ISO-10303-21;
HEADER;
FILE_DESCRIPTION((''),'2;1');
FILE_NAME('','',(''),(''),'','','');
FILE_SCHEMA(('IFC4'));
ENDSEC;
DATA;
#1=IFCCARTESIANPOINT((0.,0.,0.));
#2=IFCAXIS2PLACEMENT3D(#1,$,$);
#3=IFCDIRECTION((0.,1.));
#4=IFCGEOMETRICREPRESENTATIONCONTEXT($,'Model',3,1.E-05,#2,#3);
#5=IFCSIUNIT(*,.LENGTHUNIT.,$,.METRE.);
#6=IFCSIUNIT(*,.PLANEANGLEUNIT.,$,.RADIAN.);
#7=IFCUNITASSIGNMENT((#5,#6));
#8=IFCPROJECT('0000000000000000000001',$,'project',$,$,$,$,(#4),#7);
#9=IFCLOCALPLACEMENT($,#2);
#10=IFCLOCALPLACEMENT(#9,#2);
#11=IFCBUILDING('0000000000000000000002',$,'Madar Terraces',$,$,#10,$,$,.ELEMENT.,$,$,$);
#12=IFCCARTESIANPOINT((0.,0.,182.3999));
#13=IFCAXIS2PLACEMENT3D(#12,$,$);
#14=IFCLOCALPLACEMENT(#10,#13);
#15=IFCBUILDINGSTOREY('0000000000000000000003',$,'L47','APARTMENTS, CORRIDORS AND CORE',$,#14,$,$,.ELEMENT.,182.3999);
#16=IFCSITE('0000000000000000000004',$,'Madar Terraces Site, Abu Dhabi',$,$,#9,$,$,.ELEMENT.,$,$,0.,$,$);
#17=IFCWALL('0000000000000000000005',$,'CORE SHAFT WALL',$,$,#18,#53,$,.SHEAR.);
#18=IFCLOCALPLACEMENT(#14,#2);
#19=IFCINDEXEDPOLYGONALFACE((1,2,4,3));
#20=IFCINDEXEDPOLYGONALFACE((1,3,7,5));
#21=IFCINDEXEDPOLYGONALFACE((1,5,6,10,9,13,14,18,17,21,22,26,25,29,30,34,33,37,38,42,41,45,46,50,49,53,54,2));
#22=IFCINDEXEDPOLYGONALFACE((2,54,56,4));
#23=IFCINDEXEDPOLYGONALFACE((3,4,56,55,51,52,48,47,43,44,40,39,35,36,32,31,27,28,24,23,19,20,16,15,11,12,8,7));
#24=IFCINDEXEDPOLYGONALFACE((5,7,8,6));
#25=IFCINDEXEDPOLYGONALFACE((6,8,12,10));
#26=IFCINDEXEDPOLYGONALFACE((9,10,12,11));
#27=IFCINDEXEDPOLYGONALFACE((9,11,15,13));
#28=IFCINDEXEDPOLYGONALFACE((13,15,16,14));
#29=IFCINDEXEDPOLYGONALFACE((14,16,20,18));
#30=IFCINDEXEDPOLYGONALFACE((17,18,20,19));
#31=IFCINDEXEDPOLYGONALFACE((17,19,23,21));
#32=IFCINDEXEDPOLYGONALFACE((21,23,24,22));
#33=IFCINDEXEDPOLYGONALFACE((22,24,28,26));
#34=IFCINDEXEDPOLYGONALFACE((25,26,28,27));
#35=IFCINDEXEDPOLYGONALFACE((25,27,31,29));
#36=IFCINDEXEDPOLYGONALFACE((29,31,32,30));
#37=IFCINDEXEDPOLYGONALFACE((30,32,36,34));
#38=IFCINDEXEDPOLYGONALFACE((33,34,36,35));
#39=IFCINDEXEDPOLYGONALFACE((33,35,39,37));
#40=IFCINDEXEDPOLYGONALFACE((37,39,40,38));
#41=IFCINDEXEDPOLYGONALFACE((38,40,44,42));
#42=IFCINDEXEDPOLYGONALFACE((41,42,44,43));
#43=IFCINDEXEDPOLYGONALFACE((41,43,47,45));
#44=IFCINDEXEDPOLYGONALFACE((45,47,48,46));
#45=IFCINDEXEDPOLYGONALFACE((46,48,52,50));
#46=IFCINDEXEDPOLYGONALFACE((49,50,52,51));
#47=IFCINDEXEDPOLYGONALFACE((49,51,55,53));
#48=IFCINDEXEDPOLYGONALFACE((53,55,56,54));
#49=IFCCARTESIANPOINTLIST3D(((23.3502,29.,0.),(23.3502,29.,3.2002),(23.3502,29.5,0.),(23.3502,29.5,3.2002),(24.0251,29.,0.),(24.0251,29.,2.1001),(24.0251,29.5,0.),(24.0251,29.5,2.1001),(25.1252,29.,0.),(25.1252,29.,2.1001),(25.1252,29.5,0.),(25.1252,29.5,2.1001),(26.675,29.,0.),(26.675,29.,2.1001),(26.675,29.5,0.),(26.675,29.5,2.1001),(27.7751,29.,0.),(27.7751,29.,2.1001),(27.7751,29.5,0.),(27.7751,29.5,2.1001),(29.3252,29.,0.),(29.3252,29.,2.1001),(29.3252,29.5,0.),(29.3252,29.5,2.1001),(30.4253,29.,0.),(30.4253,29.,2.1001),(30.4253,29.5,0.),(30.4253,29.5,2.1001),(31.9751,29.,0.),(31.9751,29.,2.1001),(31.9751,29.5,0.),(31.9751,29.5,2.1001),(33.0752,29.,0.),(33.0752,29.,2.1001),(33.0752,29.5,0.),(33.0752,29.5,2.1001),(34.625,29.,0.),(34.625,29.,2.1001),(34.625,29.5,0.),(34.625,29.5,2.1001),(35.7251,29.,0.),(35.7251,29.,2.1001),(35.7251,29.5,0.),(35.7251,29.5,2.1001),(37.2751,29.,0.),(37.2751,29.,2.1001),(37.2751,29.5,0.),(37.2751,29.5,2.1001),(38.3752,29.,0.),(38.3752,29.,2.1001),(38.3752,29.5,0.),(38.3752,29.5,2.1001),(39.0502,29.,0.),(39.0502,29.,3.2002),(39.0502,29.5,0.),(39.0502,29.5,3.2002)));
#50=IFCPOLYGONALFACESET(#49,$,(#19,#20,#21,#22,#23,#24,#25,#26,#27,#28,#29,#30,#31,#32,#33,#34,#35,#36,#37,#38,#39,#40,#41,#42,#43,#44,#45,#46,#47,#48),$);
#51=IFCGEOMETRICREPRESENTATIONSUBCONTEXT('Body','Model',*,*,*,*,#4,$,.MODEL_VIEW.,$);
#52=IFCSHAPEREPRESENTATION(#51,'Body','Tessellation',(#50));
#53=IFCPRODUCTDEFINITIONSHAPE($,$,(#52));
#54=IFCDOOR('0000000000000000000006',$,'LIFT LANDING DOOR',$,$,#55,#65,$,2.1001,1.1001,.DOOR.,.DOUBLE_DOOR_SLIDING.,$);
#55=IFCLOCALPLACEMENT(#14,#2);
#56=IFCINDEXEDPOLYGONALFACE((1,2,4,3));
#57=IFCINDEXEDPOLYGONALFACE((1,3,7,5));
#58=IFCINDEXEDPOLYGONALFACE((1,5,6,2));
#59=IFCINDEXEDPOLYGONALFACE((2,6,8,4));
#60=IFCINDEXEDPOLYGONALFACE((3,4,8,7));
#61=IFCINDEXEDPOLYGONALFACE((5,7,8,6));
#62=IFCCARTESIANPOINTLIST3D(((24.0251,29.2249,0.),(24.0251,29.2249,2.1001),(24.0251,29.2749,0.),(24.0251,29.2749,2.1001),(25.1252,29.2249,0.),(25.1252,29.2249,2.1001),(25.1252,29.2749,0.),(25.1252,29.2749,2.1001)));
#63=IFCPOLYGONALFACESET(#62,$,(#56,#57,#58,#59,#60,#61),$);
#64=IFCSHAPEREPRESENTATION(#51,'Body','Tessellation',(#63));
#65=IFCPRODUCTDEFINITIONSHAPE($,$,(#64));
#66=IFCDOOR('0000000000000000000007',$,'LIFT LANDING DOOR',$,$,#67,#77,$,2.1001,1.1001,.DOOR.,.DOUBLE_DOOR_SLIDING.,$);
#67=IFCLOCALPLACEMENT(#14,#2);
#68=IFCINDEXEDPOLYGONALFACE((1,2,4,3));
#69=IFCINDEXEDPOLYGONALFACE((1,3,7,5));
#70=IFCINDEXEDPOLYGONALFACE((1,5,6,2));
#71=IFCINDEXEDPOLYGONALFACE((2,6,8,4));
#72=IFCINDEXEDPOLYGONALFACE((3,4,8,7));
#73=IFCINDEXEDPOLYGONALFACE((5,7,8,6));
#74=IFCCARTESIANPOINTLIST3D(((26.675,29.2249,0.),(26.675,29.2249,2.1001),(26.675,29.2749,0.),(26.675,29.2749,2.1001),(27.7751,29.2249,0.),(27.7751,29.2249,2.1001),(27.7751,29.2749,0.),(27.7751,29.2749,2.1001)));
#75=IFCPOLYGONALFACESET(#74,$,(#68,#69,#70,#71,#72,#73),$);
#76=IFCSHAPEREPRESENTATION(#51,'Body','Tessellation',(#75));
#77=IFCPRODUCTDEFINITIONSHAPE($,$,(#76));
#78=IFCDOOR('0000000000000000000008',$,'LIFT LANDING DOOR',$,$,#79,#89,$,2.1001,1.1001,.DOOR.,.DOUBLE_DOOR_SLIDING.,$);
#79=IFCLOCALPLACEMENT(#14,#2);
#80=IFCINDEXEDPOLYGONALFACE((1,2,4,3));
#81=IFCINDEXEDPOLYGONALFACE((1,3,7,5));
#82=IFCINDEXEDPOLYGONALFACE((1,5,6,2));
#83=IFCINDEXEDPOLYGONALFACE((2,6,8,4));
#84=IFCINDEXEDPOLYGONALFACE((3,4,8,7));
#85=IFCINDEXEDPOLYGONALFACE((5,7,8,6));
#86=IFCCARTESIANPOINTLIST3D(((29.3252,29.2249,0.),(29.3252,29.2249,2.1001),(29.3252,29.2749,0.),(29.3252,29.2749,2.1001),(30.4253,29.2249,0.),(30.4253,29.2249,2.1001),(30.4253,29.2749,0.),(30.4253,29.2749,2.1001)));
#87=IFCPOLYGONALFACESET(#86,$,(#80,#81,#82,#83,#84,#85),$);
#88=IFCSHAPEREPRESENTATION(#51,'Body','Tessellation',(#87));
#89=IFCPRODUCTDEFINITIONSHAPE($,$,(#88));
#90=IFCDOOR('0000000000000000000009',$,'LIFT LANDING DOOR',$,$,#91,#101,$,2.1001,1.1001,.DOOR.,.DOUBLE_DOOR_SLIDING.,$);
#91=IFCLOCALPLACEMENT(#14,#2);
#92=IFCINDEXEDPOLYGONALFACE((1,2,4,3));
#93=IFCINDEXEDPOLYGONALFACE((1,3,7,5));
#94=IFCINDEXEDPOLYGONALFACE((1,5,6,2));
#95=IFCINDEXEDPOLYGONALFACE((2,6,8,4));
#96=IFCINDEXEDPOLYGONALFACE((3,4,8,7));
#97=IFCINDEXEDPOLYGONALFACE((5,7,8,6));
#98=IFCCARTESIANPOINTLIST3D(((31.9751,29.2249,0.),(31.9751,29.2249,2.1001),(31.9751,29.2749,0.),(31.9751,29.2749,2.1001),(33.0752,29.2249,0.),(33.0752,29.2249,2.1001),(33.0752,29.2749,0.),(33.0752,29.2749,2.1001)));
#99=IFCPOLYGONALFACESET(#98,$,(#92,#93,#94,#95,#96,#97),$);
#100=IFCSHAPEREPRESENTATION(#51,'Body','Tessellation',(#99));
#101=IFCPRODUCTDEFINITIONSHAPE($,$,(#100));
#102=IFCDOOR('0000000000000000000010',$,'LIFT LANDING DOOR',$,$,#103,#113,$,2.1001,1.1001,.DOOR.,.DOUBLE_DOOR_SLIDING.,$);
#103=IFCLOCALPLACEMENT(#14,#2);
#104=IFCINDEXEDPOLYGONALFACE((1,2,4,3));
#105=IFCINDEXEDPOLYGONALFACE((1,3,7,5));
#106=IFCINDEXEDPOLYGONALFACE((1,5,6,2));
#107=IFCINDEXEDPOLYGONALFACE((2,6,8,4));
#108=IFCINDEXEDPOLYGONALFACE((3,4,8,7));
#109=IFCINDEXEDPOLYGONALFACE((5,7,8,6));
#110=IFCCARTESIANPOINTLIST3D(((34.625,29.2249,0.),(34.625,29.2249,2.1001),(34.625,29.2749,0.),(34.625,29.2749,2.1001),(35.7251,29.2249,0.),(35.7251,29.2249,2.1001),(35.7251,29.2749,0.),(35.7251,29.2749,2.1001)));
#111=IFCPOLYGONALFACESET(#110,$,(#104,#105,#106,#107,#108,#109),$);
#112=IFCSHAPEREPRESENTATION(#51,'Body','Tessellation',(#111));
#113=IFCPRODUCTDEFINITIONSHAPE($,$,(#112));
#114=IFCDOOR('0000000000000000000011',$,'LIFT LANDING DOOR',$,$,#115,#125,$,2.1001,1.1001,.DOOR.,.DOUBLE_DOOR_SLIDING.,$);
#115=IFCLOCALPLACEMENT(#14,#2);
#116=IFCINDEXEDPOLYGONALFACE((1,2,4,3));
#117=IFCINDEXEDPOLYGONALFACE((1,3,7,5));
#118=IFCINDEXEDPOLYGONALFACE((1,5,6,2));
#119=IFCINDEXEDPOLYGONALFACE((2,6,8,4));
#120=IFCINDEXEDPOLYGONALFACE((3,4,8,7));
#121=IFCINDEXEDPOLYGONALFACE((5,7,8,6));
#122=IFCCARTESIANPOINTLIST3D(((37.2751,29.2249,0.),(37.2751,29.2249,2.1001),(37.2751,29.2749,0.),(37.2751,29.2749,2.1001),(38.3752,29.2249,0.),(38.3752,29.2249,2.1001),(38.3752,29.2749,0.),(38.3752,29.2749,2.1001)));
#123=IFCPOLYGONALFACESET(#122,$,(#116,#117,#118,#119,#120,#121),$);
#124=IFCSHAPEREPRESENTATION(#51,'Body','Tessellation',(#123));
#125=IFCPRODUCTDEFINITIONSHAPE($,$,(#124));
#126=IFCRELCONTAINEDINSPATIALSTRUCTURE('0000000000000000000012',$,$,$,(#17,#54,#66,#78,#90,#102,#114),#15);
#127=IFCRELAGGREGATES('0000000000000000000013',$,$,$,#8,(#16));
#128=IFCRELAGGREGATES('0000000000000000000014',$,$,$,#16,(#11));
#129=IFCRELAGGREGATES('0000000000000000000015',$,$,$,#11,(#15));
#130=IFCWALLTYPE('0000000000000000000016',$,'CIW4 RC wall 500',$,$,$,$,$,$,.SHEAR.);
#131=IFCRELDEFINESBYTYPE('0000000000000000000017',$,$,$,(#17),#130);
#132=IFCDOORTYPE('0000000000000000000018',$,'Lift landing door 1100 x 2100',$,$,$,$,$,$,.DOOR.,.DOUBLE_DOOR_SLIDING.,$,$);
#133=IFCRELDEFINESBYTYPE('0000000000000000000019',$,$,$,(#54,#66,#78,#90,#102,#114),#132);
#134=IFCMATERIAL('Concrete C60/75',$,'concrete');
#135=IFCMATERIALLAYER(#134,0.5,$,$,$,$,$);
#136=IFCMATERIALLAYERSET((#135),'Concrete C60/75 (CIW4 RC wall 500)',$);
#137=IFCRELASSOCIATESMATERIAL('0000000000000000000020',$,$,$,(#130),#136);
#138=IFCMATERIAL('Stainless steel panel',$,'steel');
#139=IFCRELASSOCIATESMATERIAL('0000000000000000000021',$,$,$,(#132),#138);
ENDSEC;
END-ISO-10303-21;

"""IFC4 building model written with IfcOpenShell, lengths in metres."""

from ifc_helpers import new_model, si_unit, direction, frame, frame_2d, origin, place, context, subcontext, project, spatial, rectangle, extrude, material, layer, layer_set, type_object, element, fill, save


model = new_model("IFC4")

# Units and contexts
model_context = context("Model", 3, precision=1e-05, world=origin(), true_north=direction((0.0, 1.0)))
body_context = subcontext(model_context, "Body", "Model", "MODEL_VIEW")
ifc_project = project(units=[si_unit("LENGTHUNIT", "METRE"), si_unit("PLANEANGLEUNIT", "RADIAN")], contexts=[model_context])

# Site, building, storey
site_placement = place(None, origin())
site = spatial("IfcSite", under=ifc_project, at=site_placement, Name="Madar Terraces Site, Abu Dhabi", CompositionType="ELEMENT", RefElevation=0.0)
building_placement = place(site_placement, origin())
building = spatial("IfcBuilding", under=site, at=building_placement, Name="Madar Terraces", CompositionType="ELEMENT")
storey_placement = place(building_placement, frame((0.0, 0.0, 182.3999)))
storey = spatial("IfcBuildingStorey", under=building, at=storey_placement, Name="L47", Description="APARTMENTS, CORRIDORS AND CORE", CompositionType="ELEMENT", Elevation=182.3999)

# Shared definitions
ifc_material_1 = material(Name="Concrete C60/75", Category="concrete")
ifc_layer_1 = layer(ifc_material_1, 0.5)
ifc_layer_set_1 = layer_set([ifc_layer_1], Name="Concrete C60/75 (CIW4 RC wall 500)")
wall_type_1 = type_object("IfcWallType", Name="CIW4 RC wall 500", PredefinedType="SHEAR", material=ifc_layer_set_1)

# Wall, openings, doors
wall_1_placement = place(storey_placement, frame((23.3501, 29.25, 0.0), z_axis=(0.0, 0.0, 1.0), x_axis=(1.0, 0.0, 0.0)))
wall_1 = element("IfcWall", 1, at=wall_1_placement, inside=storey, type_object=wall_type_1, Name="CORE SHAFT WALL", PredefinedType="SHEAR", context=body_context, shape_type="SweptSolid", body=[
    extrude(rectangle(XDim=15.7, YDim=0.5, at=frame_2d((7.8501, 0.0))), origin(), (0.0, 0.0, 1.0), 3.2002),
])
opening_1_placement = place(wall_1_placement, frame((0.675, 0.0, 0.0)))
opening_1 = element("IfcOpeningElement", 2, at=opening_1_placement, cuts=wall_1, PredefinedType="OPENING", context=body_context, shape_type="SweptSolid", body=[
    extrude(rectangle(XDim=1.1001, YDim=2.1001, at=frame_2d((0.55, 1.05))), frame((0.0, 0.26, 0.0), z_axis=(0.0, -1.0, 0.0), x_axis=(1.0, 0.0, 0.0)), (0.0, 0.0, 1.0), 0.52),
])
opening_2_placement = place(wall_1_placement, frame((3.325, 0.0, 0.0)))
opening_2 = element("IfcOpeningElement", 3, at=opening_2_placement, cuts=wall_1, PredefinedType="OPENING", context=body_context, shape_type="SweptSolid", body=[
    extrude(rectangle(XDim=1.1001, YDim=2.1001, at=frame_2d((0.55, 1.05))), frame((0.0, 0.26, 0.0), z_axis=(0.0, -1.0, 0.0), x_axis=(1.0, 0.0, 0.0)), (0.0, 0.0, 1.0), 0.52),
])
opening_3_placement = place(wall_1_placement, frame((5.9751, 0.0, 0.0)))
opening_3 = element("IfcOpeningElement", 4, at=opening_3_placement, cuts=wall_1, PredefinedType="OPENING", context=body_context, shape_type="SweptSolid", body=[
    extrude(rectangle(XDim=1.1001, YDim=2.1001, at=frame_2d((0.55, 1.05))), frame((0.0, 0.26, 0.0), z_axis=(0.0, -1.0, 0.0), x_axis=(1.0, 0.0, 0.0)), (0.0, 0.0, 1.0), 0.52),
])
opening_4_placement = place(wall_1_placement, frame((8.625, 0.0, 0.0)))
opening_4 = element("IfcOpeningElement", 5, at=opening_4_placement, cuts=wall_1, PredefinedType="OPENING", context=body_context, shape_type="SweptSolid", body=[
    extrude(rectangle(XDim=1.1001, YDim=2.1001, at=frame_2d((0.55, 1.05))), frame((0.0, 0.26, 0.0), z_axis=(0.0, -1.0, 0.0), x_axis=(1.0, 0.0, 0.0)), (0.0, 0.0, 1.0), 0.52),
])
opening_5_placement = place(wall_1_placement, frame((11.2749, 0.0, 0.0)))
opening_5 = element("IfcOpeningElement", 6, at=opening_5_placement, cuts=wall_1, PredefinedType="OPENING", context=body_context, shape_type="SweptSolid", body=[
    extrude(rectangle(XDim=1.1001, YDim=2.1001, at=frame_2d((0.55, 1.05))), frame((0.0, 0.26, 0.0), z_axis=(0.0, -1.0, 0.0), x_axis=(1.0, 0.0, 0.0)), (0.0, 0.0, 1.0), 0.52),
])
opening_6_placement = place(wall_1_placement, frame((13.925, 0.0, 0.0)))
opening_6 = element("IfcOpeningElement", 7, at=opening_6_placement, cuts=wall_1, PredefinedType="OPENING", context=body_context, shape_type="SweptSolid", body=[
    extrude(rectangle(XDim=1.1001, YDim=2.1001, at=frame_2d((0.55, 1.05))), frame((0.0, 0.26, 0.0), z_axis=(0.0, -1.0, 0.0), x_axis=(1.0, 0.0, 0.0)), (0.0, 0.0, 1.0), 0.52),
])
ifc_material_2 = material(Name="Stainless steel panel", Category="steel")
door_type_1 = type_object("IfcDoorType", Name="Lift landing door 1100 x 2100", OperationType="DOUBLE_DOOR_SLIDING", PredefinedType="DOOR", material=ifc_material_2)
door_1_placement = place(opening_1_placement, origin())
door_1 = element("IfcDoor", 8, at=door_1_placement, inside=storey, type_object=door_type_1, Name="LIFT LANDING DOOR", OperationType="DOUBLE_DOOR_SLIDING", OverallHeight=2.1001, OverallWidth=1.1001, PredefinedType="DOOR", context=body_context, shape_type="SweptSolid", body=[
    extrude(rectangle(XDim=1.1001, YDim=2.1001, at=frame_2d((0.55, 1.05))), frame((0.0, 0.0249, 0.0), z_axis=(0.0, -1.0, 0.0), x_axis=(1.0, 0.0, 0.0)), (0.0, 0.0, 1.0), 0.05),
])
fill(opening_1, door_1)
door_2_placement = place(opening_2_placement, origin())
door_2 = element("IfcDoor", 9, at=door_2_placement, inside=storey, type_object=door_type_1, Name="LIFT LANDING DOOR", OperationType="DOUBLE_DOOR_SLIDING", OverallHeight=2.1001, OverallWidth=1.1001, PredefinedType="DOOR", context=body_context, shape_type="SweptSolid", body=[
    extrude(rectangle(XDim=1.1001, YDim=2.1001, at=frame_2d((0.55, 1.05))), frame((0.0, 0.0249, 0.0), z_axis=(0.0, -1.0, 0.0), x_axis=(1.0, 0.0, 0.0)), (0.0, 0.0, 1.0), 0.05),
])
fill(opening_2, door_2)
door_3_placement = place(opening_3_placement, origin())
door_3 = element("IfcDoor", 10, at=door_3_placement, inside=storey, type_object=door_type_1, Name="LIFT LANDING DOOR", OperationType="DOUBLE_DOOR_SLIDING", OverallHeight=2.1001, OverallWidth=1.1001, PredefinedType="DOOR", context=body_context, shape_type="SweptSolid", body=[
    extrude(rectangle(XDim=1.1001, YDim=2.1001, at=frame_2d((0.55, 1.05))), frame((0.0, 0.0249, 0.0), z_axis=(0.0, -1.0, 0.0), x_axis=(1.0, 0.0, 0.0)), (0.0, 0.0, 1.0), 0.05),
])
fill(opening_3, door_3)
door_4_placement = place(opening_4_placement, origin())
door_4 = element("IfcDoor", 11, at=door_4_placement, inside=storey, type_object=door_type_1, Name="LIFT LANDING DOOR", OperationType="DOUBLE_DOOR_SLIDING", OverallHeight=2.1001, OverallWidth=1.1001, PredefinedType="DOOR", context=body_context, shape_type="SweptSolid", body=[
    extrude(rectangle(XDim=1.1001, YDim=2.1001, at=frame_2d((0.55, 1.05))), frame((0.0, 0.0249, 0.0), z_axis=(0.0, -1.0, 0.0), x_axis=(1.0, 0.0, 0.0)), (0.0, 0.0, 1.0), 0.05),
])
fill(opening_4, door_4)
door_5_placement = place(opening_5_placement, origin())
door_5 = element("IfcDoor", 12, at=door_5_placement, inside=storey, type_object=door_type_1, Name="LIFT LANDING DOOR", OperationType="DOUBLE_DOOR_SLIDING", OverallHeight=2.1001, OverallWidth=1.1001, PredefinedType="DOOR", context=body_context, shape_type="SweptSolid", body=[
    extrude(rectangle(XDim=1.1001, YDim=2.1001, at=frame_2d((0.55, 1.05))), frame((0.0, 0.0249, 0.0), z_axis=(0.0, -1.0, 0.0), x_axis=(1.0, 0.0, 0.0)), (0.0, 0.0, 1.0), 0.05),
])
fill(opening_5, door_5)
door_6_placement = place(opening_6_placement, origin())
door_6 = element("IfcDoor", 13, at=door_6_placement, inside=storey, type_object=door_type_1, Name="LIFT LANDING DOOR", OperationType="DOUBLE_DOOR_SLIDING", OverallHeight=2.1001, OverallWidth=1.1001, PredefinedType="DOOR", context=body_context, shape_type="SweptSolid", body=[
    extrude(rectangle(XDim=1.1001, YDim=2.1001, at=frame_2d((0.55, 1.05))), frame((0.0, 0.0249, 0.0), z_axis=(0.0, -1.0, 0.0), x_axis=(1.0, 0.0, 0.0)), (0.0, 0.0, 1.0), 0.05),
])
fill(opening_6, door_6)

save(model, "model.ifc")
